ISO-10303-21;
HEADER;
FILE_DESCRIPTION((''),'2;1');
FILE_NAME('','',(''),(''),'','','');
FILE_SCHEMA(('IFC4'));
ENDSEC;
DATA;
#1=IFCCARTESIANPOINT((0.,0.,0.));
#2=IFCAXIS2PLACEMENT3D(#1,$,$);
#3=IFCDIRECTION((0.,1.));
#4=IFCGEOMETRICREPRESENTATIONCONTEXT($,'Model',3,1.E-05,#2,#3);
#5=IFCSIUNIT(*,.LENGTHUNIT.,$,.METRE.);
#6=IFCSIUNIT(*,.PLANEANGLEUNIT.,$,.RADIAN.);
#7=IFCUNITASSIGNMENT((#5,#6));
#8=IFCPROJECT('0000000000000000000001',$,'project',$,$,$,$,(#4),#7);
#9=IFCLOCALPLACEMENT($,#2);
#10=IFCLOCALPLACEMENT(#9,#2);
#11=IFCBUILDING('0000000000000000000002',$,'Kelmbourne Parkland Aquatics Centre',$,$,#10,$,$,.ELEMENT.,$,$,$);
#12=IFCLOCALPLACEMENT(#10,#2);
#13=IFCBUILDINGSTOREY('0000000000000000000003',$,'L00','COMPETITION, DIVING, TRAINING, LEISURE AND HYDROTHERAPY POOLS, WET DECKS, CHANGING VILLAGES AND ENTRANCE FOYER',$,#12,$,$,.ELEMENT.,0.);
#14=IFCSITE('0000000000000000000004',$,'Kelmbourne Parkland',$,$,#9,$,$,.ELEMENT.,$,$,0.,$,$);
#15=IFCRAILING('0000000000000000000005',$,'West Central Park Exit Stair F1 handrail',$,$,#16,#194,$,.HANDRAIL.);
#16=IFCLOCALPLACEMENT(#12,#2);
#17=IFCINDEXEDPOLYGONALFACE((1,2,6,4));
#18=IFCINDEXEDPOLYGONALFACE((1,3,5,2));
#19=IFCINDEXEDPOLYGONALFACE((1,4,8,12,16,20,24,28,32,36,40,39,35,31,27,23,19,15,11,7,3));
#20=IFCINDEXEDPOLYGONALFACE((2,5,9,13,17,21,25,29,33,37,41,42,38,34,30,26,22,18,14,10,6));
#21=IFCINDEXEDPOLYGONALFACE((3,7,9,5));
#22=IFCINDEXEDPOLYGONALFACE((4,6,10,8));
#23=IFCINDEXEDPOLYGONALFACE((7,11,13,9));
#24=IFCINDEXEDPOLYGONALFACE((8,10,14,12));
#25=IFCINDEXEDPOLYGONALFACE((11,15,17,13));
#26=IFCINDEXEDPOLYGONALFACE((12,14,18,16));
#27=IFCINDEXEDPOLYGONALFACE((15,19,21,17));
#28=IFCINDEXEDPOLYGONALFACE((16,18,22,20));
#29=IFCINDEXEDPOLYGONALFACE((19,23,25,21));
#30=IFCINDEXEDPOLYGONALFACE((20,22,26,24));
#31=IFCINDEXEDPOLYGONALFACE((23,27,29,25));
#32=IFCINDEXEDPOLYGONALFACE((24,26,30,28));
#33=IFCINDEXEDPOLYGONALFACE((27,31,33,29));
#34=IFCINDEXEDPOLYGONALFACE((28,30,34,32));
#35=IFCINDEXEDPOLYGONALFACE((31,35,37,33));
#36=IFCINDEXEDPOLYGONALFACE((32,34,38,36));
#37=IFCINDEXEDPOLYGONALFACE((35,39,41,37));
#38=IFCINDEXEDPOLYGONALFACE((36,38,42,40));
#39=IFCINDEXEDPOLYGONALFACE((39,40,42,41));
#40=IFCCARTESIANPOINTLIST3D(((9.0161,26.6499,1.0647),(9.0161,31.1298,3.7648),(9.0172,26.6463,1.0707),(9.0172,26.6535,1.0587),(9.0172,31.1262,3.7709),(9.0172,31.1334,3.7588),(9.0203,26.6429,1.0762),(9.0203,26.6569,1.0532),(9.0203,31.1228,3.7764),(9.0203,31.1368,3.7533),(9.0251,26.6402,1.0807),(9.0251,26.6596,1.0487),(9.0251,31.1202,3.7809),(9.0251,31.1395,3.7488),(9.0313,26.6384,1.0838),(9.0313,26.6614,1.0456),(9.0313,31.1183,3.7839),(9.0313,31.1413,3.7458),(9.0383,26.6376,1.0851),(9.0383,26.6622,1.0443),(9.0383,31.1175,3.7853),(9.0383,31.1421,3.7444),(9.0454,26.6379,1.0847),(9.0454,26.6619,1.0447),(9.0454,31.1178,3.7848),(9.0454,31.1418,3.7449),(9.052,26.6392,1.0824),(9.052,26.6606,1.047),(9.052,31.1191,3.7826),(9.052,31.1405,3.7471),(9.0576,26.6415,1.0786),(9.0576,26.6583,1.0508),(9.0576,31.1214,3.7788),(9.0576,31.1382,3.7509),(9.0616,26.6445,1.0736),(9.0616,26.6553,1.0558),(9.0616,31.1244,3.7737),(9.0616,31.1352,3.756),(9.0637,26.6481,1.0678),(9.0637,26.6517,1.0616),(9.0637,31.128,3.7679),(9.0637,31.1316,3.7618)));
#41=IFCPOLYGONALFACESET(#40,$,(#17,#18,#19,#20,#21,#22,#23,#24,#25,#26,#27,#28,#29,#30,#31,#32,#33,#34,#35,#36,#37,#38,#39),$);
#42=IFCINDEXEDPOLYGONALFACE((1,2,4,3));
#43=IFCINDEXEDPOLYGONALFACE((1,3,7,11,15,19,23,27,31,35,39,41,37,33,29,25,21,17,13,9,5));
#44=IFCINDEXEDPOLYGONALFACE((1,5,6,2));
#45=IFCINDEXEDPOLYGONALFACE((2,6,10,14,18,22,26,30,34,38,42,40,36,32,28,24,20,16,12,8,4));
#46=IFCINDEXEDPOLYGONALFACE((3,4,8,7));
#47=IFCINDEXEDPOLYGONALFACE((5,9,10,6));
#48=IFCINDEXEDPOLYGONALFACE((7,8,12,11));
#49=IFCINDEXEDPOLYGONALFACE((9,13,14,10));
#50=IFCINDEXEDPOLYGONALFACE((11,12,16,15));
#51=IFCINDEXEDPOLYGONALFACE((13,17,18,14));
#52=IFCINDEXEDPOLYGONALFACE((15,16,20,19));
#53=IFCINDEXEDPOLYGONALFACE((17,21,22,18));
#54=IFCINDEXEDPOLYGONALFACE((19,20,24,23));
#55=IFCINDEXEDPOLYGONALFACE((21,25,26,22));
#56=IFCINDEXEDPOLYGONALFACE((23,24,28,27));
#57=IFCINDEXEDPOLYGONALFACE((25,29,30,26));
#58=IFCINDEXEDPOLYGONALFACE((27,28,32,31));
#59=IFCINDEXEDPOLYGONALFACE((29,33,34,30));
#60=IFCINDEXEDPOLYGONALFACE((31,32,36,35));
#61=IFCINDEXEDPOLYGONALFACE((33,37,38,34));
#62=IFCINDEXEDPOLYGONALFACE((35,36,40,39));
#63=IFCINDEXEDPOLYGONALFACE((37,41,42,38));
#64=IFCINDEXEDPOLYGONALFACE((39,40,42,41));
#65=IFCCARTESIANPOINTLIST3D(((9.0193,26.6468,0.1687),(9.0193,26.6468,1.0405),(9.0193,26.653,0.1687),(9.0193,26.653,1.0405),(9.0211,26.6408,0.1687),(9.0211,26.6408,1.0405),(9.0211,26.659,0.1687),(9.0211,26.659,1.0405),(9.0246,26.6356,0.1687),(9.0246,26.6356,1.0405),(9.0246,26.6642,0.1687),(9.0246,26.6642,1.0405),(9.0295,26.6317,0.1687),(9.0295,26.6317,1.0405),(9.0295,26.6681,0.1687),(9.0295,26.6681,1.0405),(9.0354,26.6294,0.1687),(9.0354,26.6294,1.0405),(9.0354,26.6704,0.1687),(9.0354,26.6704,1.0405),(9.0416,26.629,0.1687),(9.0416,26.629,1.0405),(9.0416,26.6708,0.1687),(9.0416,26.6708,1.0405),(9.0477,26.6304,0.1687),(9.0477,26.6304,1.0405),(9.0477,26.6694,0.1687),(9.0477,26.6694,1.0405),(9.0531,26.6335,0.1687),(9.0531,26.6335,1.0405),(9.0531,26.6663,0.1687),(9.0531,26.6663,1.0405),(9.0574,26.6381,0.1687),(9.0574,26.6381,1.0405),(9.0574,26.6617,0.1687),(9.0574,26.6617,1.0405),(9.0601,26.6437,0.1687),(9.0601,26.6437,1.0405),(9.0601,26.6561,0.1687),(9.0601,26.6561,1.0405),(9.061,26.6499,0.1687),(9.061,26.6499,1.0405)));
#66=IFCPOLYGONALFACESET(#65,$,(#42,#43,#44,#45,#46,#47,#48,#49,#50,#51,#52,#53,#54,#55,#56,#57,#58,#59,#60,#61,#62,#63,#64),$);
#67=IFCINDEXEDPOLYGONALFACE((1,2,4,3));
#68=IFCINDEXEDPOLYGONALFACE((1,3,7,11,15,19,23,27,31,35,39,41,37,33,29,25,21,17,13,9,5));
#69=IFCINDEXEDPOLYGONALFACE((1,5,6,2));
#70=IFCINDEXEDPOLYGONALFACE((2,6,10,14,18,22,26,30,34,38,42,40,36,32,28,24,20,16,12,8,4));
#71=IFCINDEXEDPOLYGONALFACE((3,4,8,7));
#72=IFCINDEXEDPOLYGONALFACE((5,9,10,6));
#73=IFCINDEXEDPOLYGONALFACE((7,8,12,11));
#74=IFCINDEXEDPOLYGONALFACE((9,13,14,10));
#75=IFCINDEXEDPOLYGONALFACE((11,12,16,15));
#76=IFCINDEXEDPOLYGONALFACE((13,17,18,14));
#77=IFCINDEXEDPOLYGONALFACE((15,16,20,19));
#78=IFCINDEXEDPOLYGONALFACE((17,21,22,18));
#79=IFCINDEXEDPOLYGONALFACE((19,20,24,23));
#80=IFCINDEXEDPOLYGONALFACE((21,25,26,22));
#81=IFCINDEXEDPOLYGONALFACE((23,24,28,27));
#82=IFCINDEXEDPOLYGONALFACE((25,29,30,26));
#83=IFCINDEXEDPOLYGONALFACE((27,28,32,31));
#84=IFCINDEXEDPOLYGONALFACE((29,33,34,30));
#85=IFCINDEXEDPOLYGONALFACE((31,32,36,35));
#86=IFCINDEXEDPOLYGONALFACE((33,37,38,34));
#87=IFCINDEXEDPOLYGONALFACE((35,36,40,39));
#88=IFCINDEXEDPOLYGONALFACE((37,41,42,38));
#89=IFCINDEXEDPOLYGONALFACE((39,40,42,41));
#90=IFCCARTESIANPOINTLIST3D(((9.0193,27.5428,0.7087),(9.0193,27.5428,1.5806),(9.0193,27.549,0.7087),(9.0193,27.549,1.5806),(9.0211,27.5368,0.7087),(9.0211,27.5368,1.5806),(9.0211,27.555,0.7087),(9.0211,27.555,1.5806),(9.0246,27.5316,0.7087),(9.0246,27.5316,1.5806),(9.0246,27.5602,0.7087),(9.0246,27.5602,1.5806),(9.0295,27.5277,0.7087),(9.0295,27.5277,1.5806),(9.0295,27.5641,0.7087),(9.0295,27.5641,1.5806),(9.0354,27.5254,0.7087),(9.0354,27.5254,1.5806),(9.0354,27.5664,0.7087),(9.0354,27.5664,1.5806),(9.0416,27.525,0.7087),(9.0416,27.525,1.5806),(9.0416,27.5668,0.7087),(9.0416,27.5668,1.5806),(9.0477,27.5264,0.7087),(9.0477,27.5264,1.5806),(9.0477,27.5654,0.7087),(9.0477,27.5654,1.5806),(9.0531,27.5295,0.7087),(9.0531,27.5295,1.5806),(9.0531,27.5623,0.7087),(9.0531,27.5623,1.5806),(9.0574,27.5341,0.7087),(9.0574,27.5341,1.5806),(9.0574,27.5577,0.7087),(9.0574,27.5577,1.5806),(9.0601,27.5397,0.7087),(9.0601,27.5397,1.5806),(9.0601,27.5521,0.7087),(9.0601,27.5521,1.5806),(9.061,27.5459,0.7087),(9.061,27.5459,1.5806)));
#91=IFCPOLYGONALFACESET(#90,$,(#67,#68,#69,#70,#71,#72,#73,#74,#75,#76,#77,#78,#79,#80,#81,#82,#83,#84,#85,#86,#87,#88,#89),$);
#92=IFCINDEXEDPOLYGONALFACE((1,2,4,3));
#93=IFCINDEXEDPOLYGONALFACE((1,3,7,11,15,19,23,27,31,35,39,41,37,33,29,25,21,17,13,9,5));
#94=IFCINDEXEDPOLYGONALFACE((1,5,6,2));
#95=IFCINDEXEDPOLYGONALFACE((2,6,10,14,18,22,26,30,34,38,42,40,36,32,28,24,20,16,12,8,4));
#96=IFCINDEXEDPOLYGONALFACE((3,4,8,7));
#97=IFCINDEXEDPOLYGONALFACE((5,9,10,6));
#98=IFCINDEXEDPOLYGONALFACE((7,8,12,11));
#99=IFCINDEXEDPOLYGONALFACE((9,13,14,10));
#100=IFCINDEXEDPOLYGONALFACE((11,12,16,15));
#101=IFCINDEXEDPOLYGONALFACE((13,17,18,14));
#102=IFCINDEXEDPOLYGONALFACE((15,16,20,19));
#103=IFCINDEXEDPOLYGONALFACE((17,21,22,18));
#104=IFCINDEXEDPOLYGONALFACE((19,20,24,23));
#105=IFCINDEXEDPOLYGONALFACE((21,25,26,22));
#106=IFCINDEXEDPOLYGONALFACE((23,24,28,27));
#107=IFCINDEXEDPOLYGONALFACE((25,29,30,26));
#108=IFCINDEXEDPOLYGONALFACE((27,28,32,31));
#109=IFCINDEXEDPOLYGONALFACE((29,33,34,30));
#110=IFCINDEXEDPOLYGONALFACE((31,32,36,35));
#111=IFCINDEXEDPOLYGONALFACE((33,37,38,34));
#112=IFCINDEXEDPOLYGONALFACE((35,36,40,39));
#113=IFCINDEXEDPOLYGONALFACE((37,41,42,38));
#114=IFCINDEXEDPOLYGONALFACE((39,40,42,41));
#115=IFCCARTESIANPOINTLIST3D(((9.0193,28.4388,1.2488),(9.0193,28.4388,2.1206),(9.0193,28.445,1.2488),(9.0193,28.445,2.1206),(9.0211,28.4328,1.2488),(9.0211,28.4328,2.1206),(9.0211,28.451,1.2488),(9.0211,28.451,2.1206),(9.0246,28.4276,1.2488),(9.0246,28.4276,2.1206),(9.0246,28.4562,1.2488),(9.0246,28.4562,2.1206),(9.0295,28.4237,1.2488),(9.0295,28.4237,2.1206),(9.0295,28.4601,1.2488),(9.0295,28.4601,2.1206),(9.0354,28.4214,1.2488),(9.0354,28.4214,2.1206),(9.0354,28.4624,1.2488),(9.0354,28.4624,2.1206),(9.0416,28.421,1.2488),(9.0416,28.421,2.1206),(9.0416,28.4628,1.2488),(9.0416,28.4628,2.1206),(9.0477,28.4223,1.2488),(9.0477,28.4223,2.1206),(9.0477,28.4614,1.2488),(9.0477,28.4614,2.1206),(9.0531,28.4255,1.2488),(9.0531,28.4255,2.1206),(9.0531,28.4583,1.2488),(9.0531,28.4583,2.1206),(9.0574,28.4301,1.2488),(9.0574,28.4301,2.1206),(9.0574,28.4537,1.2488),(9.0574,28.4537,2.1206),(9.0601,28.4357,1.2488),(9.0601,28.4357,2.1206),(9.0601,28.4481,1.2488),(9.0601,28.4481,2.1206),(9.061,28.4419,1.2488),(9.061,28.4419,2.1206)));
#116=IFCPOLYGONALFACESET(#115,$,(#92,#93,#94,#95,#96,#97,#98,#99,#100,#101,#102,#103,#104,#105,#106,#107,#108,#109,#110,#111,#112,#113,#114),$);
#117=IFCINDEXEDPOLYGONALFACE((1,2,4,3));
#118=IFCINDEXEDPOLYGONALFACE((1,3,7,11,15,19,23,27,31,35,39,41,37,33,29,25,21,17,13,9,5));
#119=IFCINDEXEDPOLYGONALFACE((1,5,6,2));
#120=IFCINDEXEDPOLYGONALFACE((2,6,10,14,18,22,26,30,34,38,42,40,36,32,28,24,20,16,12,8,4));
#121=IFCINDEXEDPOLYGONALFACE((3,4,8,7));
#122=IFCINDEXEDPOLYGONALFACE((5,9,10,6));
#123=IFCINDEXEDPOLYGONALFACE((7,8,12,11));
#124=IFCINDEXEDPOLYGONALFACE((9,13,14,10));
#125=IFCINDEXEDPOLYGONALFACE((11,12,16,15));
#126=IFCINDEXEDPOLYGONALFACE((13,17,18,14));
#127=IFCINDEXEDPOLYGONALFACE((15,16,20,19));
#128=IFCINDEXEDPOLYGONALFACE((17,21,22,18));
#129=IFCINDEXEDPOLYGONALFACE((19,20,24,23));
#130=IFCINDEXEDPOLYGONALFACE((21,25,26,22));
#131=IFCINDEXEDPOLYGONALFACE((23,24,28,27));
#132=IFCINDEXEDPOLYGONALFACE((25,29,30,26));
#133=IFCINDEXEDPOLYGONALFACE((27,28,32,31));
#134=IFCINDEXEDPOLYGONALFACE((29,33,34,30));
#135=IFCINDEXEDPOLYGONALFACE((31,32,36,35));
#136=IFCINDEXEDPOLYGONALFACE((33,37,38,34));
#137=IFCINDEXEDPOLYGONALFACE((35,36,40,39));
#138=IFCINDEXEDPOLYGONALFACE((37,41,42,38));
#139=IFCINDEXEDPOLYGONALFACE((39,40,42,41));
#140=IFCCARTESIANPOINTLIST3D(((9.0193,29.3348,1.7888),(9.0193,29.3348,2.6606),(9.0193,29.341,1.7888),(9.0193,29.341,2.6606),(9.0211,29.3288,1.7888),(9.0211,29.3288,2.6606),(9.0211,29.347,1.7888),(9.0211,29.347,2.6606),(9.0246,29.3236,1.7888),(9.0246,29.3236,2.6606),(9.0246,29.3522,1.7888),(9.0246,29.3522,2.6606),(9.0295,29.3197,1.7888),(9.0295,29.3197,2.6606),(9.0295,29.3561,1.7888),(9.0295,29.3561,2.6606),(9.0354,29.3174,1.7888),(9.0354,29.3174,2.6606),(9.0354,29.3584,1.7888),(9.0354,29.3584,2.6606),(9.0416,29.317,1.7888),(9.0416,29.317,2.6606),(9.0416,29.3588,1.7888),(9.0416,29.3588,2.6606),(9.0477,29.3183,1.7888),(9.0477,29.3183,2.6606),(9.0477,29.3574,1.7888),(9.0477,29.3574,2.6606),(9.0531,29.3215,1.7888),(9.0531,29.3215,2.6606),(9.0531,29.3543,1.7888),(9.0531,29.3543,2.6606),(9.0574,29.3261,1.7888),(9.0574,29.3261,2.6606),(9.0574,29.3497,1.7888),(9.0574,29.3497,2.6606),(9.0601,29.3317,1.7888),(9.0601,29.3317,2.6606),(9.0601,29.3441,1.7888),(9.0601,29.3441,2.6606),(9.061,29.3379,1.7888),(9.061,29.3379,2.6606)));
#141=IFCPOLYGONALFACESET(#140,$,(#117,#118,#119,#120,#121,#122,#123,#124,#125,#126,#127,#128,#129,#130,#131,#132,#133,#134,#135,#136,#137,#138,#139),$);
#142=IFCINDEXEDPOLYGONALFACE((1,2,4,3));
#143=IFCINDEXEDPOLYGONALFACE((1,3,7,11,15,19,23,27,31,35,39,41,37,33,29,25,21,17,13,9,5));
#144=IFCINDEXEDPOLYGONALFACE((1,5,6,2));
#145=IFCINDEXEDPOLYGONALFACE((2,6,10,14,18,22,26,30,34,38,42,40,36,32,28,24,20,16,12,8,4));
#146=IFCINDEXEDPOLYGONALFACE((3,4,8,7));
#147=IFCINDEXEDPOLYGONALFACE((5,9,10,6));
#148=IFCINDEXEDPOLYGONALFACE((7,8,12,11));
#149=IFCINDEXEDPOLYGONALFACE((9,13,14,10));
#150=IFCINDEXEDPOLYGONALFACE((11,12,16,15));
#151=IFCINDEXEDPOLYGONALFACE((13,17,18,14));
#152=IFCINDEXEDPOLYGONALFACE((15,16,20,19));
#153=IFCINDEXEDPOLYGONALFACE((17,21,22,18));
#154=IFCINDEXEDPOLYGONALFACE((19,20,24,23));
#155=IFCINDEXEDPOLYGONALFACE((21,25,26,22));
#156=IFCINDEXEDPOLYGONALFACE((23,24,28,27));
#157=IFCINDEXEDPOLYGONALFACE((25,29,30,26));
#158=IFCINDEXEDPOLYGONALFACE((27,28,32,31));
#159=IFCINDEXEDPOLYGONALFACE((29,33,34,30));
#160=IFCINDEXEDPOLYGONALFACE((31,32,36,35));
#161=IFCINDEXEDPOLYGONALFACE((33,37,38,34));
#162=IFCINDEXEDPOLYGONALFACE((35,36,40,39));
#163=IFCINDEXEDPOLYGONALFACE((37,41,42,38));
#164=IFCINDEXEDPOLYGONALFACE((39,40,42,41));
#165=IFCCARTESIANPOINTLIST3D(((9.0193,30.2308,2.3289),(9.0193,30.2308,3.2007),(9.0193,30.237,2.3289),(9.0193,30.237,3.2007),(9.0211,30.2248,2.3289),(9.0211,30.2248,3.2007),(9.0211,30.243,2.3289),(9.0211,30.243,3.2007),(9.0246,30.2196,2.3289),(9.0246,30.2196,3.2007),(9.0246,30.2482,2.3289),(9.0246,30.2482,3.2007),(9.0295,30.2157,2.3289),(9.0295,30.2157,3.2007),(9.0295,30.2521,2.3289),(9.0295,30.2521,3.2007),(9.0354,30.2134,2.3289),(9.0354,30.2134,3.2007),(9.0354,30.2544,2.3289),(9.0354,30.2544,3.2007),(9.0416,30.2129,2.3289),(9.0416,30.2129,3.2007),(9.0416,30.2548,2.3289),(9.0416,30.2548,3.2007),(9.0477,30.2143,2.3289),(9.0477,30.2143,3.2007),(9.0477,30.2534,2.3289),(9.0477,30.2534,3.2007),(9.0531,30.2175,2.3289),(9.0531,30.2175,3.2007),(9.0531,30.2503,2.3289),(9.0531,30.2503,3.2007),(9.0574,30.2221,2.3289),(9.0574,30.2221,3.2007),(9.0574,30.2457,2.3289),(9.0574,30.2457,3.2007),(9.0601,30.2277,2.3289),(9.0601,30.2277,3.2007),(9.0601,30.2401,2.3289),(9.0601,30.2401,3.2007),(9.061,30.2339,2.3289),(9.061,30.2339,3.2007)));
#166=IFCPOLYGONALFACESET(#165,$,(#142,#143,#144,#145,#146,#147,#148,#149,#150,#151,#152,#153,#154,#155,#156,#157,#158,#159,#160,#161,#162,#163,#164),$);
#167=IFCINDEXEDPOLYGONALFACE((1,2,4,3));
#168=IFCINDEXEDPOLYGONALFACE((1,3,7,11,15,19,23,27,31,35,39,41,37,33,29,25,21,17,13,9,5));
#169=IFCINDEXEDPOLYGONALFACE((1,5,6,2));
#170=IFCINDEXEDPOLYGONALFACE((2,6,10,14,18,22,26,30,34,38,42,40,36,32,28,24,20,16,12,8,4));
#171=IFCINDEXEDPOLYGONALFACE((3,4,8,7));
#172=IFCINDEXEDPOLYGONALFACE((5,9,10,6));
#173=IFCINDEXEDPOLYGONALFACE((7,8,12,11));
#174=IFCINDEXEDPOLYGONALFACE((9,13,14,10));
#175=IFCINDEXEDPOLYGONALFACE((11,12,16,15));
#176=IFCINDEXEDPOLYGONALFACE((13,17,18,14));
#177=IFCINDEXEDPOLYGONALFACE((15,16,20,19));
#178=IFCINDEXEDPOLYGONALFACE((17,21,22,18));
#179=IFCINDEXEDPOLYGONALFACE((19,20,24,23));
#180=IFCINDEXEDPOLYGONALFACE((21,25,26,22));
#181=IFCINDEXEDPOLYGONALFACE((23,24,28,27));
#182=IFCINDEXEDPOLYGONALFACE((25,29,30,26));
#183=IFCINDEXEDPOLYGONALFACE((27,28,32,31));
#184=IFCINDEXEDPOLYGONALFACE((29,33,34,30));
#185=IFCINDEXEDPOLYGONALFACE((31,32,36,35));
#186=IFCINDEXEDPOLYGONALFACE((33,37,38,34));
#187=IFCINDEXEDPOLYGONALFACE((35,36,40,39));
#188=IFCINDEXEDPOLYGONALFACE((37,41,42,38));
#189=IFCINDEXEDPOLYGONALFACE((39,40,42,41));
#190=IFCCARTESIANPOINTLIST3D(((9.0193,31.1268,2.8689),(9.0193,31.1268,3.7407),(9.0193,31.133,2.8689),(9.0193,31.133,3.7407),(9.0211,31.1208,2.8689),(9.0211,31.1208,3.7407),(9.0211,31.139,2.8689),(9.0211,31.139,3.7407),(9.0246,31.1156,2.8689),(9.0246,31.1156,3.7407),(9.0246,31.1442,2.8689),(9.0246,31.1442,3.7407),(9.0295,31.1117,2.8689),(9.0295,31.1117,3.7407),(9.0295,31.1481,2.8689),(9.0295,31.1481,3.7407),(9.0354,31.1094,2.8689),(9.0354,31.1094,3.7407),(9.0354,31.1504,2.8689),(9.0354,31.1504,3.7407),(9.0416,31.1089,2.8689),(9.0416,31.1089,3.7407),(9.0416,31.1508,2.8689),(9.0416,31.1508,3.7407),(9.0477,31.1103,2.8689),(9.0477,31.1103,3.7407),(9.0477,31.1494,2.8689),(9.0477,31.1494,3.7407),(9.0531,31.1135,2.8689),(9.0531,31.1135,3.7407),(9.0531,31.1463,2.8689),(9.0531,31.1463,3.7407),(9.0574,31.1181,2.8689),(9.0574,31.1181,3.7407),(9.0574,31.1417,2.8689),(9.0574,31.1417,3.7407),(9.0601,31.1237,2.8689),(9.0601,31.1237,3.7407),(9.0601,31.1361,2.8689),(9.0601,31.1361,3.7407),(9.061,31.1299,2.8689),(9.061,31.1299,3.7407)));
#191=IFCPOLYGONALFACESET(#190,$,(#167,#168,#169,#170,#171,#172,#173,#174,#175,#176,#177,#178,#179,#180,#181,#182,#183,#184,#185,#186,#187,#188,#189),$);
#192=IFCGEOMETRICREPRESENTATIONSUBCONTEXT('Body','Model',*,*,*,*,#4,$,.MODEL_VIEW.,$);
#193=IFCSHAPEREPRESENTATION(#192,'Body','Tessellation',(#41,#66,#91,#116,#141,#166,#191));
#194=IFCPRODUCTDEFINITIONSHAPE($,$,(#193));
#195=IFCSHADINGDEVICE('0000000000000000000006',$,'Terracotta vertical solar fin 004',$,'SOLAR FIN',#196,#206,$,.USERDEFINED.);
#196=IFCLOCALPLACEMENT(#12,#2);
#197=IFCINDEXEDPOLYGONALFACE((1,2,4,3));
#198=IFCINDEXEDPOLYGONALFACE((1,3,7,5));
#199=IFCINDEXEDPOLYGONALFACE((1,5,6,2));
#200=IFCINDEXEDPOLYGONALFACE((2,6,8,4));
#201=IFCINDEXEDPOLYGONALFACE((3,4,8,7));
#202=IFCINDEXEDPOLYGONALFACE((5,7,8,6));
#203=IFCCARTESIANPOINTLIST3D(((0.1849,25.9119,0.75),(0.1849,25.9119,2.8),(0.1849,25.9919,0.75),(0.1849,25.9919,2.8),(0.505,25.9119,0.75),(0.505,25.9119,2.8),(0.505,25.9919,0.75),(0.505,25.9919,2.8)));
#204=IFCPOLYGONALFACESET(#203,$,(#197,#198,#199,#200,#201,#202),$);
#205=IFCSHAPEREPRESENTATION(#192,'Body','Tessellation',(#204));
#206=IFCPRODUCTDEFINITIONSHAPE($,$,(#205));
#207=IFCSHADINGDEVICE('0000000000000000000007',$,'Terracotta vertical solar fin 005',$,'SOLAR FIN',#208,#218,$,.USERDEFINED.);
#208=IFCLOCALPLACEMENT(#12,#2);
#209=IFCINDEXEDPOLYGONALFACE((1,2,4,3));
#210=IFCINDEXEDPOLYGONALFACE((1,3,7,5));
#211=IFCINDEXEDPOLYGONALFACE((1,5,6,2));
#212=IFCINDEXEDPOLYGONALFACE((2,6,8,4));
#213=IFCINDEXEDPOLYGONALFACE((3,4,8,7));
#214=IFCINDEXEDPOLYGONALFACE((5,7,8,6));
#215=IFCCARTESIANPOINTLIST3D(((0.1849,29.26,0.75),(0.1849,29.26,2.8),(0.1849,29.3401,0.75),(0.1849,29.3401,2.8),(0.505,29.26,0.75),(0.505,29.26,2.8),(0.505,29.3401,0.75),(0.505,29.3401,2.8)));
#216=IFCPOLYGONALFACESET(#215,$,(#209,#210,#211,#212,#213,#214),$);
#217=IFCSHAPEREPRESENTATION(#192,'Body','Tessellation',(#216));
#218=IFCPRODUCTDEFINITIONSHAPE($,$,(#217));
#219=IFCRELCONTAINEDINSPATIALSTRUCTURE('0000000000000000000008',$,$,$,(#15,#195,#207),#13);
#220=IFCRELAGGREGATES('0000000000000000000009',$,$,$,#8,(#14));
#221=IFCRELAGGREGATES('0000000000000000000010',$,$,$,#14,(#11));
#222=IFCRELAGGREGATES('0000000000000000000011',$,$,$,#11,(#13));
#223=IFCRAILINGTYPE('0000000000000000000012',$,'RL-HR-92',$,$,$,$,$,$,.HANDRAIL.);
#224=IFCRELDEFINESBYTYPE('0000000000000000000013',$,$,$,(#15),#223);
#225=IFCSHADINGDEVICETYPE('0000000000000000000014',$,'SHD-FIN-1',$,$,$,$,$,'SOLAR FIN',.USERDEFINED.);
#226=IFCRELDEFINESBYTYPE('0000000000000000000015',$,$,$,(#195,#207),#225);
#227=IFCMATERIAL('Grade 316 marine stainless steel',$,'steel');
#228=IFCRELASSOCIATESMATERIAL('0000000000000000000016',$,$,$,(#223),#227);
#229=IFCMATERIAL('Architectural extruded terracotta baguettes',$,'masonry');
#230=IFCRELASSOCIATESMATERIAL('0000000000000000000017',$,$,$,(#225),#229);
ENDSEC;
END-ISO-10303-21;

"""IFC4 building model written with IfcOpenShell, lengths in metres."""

from ifc_helpers import new_model, si_unit, direction, frame, origin, origin_2d, place, context, subcontext, project, spatial, rectangle, circle, extrude, material, type_object, element, save


model = new_model("IFC4")

# Units and contexts
model_context = context("Model", 3, precision=1e-05, world=origin(), true_north=direction((0.0, 1.0)))
body_context = subcontext(model_context, "Body", "Model", "MODEL_VIEW")
ifc_project = project(units=[si_unit("LENGTHUNIT", "METRE"), si_unit("PLANEANGLEUNIT", "RADIAN")], contexts=[model_context])

# Site, building, storey
site_placement = place(None, origin())
site = spatial("IfcSite", under=ifc_project, at=site_placement, Name="Kelmbourne Parkland", CompositionType="ELEMENT", RefElevation=0.0)
building_placement = place(site_placement, origin())
building = spatial("IfcBuilding", under=site, at=building_placement, Name="Kelmbourne Parkland Aquatics Centre", CompositionType="ELEMENT")
storey_placement = place(building_placement, origin())
storey = spatial("IfcBuildingStorey", under=building, at=storey_placement, Name="L00", Description="COMPETITION, DIVING, TRAINING, LEISURE AND HYDROTHERAPY POOLS, WET DECKS, CHANGING VILLAGES AND ENTRANCE FOYER", CompositionType="ELEMENT", Elevation=0.0)

# Railing
ifc_material_1 = material(Name="Grade 316 marine stainless steel", Category="steel")
railing_type_1 = type_object("IfcRailingType", Name="RL-HR-92", PredefinedType="HANDRAIL", material=ifc_material_1)
railing_1_placement = place(storey_placement, frame((9.04, 26.6499, 0.1687)))
element("IfcRailing", 1, at=railing_1_placement, inside=storey, type_object=railing_type_1, Name="West Central Park Exit Stair F1 handrail", PredefinedType="HANDRAIL", context=body_context, shape_type="SweptSolid", body=[
    extrude(circle(Radius=0.0239, at=origin_2d()), frame((0.0, 0.0, 0.896), z_axis=(0.0, 0.856462, 0.516211), x_axis=(-1.0, 0.0, 0.0)), (0.0, 0.0, 1.0), 5.2307),
    extrude(circle(Radius=0.021, at=origin_2d()), origin(), (0.0, 0.0, 1.0), 0.8718),
    extrude(circle(Radius=0.021, at=origin_2d()), frame((0.0, 0.896, 0.54)), (0.0, 0.0, 1.0), 0.8718),
    extrude(circle(Radius=0.021, at=origin_2d()), frame((0.0, 1.792, 1.0801)), (0.0, 0.0, 1.0), 0.8718),
    extrude(circle(Radius=0.021, at=origin_2d()), frame((0.0, 2.688, 1.6201)), (0.0, 0.0, 1.0), 0.8718),
    extrude(circle(Radius=0.021, at=origin_2d()), frame((0.0, 3.584, 2.1602)), (0.0, 0.0, 1.0), 0.8718),
    extrude(circle(Radius=0.021, at=origin_2d()), frame((0.0, 4.48, 2.7002)), (0.0, 0.0, 1.0), 0.8718),
])

# Shading devices
ifc_material_2 = material(Name="Architectural extruded terracotta baguettes", Category="masonry")
shading_device_type = type_object("IfcShadingDeviceType", Name="SHD-FIN-1", ElementType="SOLAR FIN", PredefinedType="USERDEFINED", material=ifc_material_2)
for number, where, z_axis, x_axis, name in (
    (2, (0.345, 25.9519, 0.75), (0.0, 0.0, 1.0), (0.0, 1.0, 0.0), "Terracotta vertical solar fin 004"),
    (3, (0.345, 29.3, 0.75), (0.0, 0.0, 1.0), (0.0, 1.0, 0.0), "Terracotta vertical solar fin 005"),
):
    element("IfcShadingDevice", number, at=place(storey_placement, frame(where, z_axis=z_axis, x_axis=x_axis)), inside=storey, type_object=shading_device_type, Name=name, ObjectType="SOLAR FIN", PredefinedType="USERDEFINED", context=body_context, shape_type="SweptSolid", body=[
        extrude(rectangle(XDim=0.0801, YDim=0.3201, at=origin_2d()), origin(), (0.0, 0.0, 1.0), 2.05),
    ])

save(model, "model.ifc")
